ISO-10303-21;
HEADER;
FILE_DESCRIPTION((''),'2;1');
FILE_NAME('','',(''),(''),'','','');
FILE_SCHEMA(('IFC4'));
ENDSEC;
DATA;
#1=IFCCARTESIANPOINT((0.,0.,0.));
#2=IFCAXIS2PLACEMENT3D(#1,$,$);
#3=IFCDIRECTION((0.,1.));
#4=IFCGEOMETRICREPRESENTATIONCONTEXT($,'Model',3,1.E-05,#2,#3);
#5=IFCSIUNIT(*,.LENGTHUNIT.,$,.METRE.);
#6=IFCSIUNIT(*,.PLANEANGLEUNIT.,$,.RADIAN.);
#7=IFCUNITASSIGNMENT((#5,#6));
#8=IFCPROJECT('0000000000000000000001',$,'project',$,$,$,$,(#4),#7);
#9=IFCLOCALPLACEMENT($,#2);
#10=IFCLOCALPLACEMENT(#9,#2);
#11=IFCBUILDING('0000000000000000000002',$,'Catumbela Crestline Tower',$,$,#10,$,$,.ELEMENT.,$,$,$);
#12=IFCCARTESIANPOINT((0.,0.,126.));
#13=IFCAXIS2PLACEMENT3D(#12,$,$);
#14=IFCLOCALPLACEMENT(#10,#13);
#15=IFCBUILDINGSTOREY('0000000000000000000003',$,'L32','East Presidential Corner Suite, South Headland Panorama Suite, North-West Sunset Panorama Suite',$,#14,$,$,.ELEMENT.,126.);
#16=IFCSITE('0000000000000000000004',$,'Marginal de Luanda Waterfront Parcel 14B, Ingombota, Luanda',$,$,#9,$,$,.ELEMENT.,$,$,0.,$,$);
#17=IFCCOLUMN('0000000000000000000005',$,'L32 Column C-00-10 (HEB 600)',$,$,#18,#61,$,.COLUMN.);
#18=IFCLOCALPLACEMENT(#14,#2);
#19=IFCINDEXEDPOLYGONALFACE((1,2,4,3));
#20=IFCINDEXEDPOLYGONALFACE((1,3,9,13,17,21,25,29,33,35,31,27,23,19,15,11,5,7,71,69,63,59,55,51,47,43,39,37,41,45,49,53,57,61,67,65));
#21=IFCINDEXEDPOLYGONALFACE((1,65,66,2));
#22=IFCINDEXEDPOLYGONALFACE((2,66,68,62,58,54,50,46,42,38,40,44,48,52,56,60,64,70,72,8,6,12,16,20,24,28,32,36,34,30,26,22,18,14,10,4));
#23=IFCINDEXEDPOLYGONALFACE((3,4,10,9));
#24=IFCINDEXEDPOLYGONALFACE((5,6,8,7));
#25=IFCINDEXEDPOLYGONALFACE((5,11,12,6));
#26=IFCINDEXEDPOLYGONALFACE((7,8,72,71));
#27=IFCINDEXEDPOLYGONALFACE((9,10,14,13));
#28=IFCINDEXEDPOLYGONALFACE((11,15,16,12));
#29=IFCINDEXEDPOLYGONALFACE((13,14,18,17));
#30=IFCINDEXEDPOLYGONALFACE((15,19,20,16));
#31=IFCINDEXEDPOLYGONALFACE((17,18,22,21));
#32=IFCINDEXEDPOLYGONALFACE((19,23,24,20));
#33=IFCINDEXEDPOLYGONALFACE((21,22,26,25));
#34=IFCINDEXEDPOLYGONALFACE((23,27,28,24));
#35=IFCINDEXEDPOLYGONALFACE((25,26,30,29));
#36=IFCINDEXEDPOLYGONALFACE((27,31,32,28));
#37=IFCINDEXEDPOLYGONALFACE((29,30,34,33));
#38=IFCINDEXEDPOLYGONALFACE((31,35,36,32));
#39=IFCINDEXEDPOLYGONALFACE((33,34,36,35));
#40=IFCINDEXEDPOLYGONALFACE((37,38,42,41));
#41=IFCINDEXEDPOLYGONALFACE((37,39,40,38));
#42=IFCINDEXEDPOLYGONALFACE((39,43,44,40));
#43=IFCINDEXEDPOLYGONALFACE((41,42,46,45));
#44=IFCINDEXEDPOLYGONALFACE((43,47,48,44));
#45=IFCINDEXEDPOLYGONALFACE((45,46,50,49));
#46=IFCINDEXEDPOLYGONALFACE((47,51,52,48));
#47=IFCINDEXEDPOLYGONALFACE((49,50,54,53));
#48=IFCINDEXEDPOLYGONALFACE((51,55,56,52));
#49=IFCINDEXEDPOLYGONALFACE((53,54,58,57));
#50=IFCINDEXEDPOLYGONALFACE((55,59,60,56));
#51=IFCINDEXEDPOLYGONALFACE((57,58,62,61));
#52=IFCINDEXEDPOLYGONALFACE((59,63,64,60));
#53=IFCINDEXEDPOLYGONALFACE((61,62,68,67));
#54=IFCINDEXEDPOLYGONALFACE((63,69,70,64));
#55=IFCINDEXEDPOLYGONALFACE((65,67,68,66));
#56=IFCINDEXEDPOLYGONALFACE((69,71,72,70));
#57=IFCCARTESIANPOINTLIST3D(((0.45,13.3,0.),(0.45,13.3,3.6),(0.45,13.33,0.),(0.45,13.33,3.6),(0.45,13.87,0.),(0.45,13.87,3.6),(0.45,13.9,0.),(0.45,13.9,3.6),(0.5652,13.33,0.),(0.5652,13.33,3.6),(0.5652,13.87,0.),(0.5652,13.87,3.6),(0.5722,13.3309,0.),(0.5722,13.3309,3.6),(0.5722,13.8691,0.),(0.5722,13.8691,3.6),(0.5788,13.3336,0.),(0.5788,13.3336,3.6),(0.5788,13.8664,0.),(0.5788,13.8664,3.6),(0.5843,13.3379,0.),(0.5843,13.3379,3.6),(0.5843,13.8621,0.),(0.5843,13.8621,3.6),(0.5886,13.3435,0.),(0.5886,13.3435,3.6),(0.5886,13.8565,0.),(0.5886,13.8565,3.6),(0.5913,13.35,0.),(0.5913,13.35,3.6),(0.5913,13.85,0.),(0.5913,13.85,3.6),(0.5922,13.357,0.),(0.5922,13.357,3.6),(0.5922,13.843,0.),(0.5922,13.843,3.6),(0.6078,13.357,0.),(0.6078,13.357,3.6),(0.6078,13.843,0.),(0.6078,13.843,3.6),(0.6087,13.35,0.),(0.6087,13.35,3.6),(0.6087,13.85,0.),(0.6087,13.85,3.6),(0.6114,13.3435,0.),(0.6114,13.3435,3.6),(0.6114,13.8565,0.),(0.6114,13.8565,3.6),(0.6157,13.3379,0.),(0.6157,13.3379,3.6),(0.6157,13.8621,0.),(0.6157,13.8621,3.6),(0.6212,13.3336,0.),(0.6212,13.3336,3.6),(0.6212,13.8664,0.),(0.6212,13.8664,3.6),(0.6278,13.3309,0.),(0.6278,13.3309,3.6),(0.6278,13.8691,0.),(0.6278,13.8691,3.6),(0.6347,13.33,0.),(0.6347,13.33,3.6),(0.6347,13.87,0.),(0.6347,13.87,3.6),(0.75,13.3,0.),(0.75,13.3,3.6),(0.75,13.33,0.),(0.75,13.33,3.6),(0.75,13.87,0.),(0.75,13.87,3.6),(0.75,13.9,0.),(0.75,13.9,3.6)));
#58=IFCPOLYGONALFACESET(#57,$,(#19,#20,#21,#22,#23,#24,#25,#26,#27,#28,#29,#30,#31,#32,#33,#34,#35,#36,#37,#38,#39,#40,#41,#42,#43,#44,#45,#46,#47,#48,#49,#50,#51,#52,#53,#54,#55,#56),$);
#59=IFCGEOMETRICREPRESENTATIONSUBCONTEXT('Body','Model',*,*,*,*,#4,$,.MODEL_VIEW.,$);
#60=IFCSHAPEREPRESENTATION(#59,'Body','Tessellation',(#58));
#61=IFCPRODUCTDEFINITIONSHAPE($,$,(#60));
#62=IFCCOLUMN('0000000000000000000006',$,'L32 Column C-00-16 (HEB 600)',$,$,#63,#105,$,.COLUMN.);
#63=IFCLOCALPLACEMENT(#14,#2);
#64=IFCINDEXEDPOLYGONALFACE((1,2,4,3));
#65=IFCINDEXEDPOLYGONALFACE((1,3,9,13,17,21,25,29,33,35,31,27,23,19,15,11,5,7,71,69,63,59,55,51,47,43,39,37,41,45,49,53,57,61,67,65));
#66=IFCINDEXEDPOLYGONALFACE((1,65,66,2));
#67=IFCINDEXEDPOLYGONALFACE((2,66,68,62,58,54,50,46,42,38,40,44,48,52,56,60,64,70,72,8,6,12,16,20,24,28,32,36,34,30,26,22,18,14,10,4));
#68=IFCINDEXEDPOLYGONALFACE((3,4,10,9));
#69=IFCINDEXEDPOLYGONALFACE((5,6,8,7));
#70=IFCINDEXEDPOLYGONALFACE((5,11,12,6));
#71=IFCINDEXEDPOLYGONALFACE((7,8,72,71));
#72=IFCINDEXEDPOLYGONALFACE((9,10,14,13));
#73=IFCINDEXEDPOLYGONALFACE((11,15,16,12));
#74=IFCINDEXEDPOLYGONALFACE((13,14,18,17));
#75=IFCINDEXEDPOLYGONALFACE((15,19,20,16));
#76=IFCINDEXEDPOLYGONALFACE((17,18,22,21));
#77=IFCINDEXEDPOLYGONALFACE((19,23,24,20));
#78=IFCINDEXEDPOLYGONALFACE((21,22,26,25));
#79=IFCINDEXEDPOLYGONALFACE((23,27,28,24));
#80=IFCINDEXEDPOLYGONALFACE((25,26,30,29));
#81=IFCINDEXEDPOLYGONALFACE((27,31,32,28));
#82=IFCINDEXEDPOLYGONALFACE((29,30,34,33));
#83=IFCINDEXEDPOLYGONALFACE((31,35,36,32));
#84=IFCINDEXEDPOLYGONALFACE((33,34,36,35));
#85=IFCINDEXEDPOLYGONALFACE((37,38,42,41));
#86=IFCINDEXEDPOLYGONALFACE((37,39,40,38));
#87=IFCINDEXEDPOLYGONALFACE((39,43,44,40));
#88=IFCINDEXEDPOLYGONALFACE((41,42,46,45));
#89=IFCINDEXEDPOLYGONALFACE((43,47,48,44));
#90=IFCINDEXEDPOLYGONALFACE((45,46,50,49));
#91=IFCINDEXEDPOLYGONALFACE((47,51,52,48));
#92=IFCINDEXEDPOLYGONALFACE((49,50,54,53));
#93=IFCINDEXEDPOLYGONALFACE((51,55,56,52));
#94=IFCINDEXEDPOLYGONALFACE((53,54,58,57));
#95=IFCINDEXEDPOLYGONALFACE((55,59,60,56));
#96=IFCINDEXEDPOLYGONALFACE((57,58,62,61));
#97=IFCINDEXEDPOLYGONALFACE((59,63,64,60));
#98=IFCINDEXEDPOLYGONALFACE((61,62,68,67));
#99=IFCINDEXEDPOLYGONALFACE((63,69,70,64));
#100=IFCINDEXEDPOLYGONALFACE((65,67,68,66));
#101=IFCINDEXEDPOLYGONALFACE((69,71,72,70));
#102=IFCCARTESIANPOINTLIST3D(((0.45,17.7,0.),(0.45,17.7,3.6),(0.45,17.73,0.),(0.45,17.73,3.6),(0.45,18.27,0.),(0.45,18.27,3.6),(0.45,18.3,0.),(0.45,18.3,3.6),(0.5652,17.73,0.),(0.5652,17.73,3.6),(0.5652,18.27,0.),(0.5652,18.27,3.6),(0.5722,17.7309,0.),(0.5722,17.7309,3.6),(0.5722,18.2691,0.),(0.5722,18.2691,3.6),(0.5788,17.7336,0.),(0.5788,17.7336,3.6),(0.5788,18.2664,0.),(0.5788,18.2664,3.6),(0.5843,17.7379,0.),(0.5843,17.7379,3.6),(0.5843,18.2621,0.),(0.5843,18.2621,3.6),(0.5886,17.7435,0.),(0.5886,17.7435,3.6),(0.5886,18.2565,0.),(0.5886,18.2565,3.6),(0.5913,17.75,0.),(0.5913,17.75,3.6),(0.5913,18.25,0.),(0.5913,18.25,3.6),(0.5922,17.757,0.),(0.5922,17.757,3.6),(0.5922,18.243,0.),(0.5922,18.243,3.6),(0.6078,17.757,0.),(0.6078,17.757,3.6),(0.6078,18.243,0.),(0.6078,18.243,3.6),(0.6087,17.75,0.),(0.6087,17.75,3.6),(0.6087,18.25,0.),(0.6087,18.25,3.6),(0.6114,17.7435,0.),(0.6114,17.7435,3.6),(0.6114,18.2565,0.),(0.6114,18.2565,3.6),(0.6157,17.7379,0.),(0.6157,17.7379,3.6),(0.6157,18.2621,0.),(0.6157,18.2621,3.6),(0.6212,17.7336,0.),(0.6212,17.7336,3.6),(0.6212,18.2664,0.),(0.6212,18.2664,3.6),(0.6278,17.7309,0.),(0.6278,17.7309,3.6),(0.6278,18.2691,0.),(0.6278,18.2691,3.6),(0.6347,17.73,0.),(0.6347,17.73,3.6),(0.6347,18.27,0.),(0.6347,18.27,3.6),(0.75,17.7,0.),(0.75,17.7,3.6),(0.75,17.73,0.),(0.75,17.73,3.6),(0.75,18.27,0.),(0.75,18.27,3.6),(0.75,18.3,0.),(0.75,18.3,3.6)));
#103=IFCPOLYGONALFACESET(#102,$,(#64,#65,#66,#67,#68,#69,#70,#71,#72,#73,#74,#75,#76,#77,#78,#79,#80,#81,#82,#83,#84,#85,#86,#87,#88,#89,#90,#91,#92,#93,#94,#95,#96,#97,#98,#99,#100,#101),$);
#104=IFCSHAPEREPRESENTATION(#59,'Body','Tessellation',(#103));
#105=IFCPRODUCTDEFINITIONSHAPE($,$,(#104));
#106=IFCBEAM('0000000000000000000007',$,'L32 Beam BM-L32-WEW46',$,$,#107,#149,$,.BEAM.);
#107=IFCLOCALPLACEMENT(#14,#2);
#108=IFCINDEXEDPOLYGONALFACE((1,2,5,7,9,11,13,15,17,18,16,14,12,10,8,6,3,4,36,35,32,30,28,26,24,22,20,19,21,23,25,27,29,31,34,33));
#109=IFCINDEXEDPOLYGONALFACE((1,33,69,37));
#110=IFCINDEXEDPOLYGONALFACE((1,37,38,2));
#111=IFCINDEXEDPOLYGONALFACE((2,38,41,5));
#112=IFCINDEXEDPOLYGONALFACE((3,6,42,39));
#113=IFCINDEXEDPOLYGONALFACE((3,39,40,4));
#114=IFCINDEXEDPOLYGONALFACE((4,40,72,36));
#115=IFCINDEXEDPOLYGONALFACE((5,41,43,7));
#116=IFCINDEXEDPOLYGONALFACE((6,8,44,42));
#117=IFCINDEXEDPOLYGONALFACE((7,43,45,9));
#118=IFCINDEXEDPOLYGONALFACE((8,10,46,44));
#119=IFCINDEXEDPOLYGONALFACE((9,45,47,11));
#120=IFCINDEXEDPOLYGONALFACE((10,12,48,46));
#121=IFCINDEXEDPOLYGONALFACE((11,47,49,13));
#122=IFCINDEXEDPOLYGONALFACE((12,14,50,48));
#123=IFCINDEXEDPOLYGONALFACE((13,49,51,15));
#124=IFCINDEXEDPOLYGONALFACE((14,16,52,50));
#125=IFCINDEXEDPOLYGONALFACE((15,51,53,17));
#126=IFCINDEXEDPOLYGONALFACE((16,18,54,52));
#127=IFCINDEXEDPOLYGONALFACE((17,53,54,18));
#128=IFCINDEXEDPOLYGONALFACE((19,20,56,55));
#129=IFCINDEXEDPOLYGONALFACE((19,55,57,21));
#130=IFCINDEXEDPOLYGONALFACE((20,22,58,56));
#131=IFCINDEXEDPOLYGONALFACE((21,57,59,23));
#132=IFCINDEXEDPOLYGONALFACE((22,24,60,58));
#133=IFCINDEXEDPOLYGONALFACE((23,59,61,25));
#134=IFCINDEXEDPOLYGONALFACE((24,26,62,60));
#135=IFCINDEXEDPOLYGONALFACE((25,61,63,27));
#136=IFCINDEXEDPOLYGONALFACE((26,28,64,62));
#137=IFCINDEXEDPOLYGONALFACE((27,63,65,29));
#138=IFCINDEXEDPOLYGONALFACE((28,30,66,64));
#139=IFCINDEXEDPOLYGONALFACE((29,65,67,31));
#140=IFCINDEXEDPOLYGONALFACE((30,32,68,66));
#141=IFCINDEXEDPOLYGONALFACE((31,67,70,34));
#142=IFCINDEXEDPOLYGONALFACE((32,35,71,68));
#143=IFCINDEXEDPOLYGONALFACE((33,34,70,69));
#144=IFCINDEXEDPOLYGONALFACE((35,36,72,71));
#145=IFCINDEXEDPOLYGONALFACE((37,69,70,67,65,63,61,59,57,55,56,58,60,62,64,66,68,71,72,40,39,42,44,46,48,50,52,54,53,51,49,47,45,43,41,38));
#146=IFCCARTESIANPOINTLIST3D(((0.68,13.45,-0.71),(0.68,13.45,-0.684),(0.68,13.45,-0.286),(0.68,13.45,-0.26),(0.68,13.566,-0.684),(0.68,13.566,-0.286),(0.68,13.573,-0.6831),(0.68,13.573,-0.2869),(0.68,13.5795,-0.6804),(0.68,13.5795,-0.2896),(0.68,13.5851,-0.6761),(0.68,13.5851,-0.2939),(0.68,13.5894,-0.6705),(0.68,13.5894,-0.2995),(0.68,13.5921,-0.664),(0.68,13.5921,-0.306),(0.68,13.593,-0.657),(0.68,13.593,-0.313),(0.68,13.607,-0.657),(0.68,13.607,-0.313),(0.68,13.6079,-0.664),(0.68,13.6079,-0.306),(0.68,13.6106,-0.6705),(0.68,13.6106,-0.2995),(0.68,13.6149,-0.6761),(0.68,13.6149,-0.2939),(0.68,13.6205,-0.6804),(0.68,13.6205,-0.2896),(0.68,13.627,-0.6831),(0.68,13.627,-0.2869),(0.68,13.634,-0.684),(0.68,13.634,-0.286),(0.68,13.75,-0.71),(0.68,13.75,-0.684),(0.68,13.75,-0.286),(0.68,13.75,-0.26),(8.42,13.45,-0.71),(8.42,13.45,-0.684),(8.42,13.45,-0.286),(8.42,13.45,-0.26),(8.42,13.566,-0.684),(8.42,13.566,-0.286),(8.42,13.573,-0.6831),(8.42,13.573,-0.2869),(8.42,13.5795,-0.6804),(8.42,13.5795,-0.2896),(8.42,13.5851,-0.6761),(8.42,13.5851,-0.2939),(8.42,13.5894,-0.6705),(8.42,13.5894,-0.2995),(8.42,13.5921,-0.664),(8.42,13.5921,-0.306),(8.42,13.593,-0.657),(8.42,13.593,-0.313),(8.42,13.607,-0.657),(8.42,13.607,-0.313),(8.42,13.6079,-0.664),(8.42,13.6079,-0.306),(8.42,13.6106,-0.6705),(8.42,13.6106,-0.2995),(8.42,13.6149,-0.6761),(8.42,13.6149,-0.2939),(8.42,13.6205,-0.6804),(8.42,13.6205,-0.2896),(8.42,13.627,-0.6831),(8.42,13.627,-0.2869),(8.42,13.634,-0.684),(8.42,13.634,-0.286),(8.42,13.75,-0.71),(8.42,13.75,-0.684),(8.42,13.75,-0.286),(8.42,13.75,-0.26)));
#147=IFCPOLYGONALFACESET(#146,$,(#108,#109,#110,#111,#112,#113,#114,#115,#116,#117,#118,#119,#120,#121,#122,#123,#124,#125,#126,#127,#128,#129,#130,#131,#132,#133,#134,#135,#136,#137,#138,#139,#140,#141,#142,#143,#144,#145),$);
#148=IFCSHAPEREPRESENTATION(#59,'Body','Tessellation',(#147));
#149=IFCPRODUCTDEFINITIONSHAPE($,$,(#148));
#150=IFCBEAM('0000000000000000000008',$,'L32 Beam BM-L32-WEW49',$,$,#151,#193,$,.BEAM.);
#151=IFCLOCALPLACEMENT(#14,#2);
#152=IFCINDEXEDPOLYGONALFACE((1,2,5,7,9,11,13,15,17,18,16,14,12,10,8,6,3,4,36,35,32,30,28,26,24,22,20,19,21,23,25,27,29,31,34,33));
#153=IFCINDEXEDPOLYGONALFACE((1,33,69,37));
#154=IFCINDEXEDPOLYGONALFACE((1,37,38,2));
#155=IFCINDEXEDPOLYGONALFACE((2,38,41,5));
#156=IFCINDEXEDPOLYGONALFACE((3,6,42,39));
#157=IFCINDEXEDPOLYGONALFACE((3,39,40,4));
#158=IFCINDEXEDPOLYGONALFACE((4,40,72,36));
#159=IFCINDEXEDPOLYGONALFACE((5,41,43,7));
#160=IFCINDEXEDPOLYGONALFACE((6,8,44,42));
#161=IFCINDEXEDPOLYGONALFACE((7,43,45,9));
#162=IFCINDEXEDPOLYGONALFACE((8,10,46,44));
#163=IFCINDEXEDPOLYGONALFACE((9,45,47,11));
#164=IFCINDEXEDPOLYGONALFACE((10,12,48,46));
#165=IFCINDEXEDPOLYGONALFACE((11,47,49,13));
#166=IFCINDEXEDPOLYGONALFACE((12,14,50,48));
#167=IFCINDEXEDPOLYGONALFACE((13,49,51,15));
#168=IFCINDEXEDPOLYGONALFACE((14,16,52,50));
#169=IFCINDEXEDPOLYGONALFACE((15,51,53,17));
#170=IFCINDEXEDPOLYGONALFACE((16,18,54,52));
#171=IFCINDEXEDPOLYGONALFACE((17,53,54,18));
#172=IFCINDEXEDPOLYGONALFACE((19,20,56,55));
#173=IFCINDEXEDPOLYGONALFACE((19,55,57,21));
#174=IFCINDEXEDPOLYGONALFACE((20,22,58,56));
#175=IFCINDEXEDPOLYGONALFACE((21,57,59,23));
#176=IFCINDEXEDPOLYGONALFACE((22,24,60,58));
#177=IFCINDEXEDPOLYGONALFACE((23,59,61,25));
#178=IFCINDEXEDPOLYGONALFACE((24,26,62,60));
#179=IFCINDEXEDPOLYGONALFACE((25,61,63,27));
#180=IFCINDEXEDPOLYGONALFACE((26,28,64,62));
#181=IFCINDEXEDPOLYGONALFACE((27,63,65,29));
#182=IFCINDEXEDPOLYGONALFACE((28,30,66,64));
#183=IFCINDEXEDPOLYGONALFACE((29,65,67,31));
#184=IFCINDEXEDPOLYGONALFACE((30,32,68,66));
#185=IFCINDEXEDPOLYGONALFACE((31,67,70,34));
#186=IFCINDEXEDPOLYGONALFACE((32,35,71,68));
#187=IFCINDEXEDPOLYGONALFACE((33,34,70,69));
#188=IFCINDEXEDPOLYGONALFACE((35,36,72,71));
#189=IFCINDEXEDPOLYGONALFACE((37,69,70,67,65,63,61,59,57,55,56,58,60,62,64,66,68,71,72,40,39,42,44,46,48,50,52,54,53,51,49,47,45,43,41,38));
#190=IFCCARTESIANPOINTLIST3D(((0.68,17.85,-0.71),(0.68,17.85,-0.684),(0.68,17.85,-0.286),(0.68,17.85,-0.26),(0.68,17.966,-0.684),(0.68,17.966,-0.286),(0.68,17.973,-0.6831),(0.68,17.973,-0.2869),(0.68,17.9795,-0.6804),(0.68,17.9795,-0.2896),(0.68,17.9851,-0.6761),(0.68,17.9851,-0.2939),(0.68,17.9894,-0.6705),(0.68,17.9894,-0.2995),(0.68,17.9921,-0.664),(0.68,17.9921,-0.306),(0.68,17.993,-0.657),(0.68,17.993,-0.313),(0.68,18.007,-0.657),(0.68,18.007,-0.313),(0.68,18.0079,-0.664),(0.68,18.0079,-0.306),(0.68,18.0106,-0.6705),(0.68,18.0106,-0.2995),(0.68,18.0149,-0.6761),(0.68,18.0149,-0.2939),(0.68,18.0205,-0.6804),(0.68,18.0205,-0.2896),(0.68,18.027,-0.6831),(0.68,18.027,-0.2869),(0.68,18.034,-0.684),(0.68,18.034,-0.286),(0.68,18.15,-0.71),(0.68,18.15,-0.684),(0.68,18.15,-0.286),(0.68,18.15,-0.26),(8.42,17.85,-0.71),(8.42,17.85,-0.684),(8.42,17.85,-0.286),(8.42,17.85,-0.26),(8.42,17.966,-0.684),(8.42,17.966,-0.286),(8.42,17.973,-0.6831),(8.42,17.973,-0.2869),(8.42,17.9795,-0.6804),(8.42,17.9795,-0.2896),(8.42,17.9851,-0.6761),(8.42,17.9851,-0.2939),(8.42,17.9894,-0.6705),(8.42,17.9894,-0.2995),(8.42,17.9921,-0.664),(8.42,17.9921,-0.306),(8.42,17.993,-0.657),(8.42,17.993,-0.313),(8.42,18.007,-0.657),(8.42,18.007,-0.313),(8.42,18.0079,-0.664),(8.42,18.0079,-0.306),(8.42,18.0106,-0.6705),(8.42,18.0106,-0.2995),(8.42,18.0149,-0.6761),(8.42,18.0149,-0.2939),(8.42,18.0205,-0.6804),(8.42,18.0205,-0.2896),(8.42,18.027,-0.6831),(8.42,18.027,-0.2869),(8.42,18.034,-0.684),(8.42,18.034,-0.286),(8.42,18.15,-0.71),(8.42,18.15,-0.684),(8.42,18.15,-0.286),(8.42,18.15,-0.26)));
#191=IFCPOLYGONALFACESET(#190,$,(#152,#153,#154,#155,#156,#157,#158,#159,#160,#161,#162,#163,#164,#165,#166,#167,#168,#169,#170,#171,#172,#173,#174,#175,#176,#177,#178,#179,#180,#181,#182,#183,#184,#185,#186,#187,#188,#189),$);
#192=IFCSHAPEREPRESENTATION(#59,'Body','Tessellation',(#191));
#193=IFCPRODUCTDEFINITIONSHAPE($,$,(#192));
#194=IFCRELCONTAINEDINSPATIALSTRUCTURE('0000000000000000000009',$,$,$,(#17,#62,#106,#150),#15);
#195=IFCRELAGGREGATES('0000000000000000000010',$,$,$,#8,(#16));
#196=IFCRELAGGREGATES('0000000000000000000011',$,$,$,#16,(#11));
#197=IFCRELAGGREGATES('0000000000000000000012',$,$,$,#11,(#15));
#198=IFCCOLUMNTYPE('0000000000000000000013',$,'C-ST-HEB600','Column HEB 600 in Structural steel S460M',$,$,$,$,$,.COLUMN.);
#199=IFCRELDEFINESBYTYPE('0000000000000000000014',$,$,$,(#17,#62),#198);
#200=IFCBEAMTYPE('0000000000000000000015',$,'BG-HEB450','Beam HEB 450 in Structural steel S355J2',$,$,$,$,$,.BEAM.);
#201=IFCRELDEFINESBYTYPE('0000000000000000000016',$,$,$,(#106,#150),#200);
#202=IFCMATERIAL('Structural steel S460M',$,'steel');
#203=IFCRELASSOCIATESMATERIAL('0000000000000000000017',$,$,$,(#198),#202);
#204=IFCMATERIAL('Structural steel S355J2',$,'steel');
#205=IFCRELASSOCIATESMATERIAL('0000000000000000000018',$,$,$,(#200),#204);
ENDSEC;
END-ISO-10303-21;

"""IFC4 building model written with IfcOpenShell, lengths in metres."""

from ifc_helpers import new_model, si_unit, direction, frame, origin, origin_2d, place, context, subcontext, project, spatial, i_section, extrude, material, material_profile, profile_set, type_object, element, save


model = new_model("IFC4")

# Units and contexts
model_context = context("Model", 3, precision=1e-05, world=origin(), true_north=direction((0.0, 1.0)))
body_context = subcontext(model_context, "Body", "Model", "MODEL_VIEW")
ifc_project = project(units=[si_unit("LENGTHUNIT", "METRE"), si_unit("PLANEANGLEUNIT", "RADIAN")], contexts=[model_context])

# Site, building, storey
site_placement = place(None, origin())
site = spatial("IfcSite", under=ifc_project, at=site_placement, Name="Marginal de Luanda Waterfront Parcel 14B, Ingombota, Luanda", CompositionType="ELEMENT", RefElevation=0.0)
building_placement = place(site_placement, origin())
building = spatial("IfcBuilding", under=site, at=building_placement, Name="Catumbela Crestline Tower", CompositionType="ELEMENT")
storey_placement = place(building_placement, frame((0.0, 0.0, 126.0)))
storey = spatial("IfcBuildingStorey", under=building, at=storey_placement, Name="L32", Description="East Presidential Corner Suite, South Headland Panorama Suite, North-West Sunset Panorama Suite", CompositionType="ELEMENT", Elevation=126.0)

# Columns
ifc_material_1 = material(Name="Structural steel S460M", Category="steel")
ifc_material_profile_1 = material_profile(ifc_material_1, i_section(OverallWidth=0.3, OverallDepth=0.6, WebThickness=0.0155, FlangeThickness=0.03, FilletRadius=0.027, at=origin_2d()), Name="HEB 600")
ifc_profile_set_1 = profile_set([ifc_material_profile_1], Name="Structural steel S460M")
column_type = type_object("IfcColumnType", Name="C-ST-HEB600", Description="Column HEB 600 in Structural steel S460M", PredefinedType="COLUMN", material=ifc_profile_set_1)
for number, where, z_axis, x_axis, name in (
    (1, (0.6, 13.6, 0.0), (0.0, 0.0, 1.0), (1.0, 0.0, 0.0), "L32 Column C-00-10 (HEB 600)"),
    (2, (0.6, 18.0, 0.0), (0.0, 0.0, 1.0), (1.0, 0.0, 0.0), "L32 Column C-00-16 (HEB 600)"),
):
    element("IfcColumn", number, at=place(storey_placement, frame(where, z_axis=z_axis, x_axis=x_axis)), inside=storey, type_object=column_type, Name=name, PredefinedType="COLUMN", context=body_context, shape_type="SweptSolid", body=[
        extrude(i_section(OverallWidth=0.3, OverallDepth=0.6, WebThickness=0.0155, FlangeThickness=0.03, FilletRadius=0.027, at=origin_2d()), origin(), (0.0, 0.0, 1.0), 3.6),
    ])

# Beams
ifc_material_2 = material(Name="Structural steel S355J2", Category="steel")
ifc_material_profile_2 = material_profile(ifc_material_2, i_section(OverallWidth=0.3, OverallDepth=0.45, WebThickness=0.014, FlangeThickness=0.026, FilletRadius=0.027, at=origin_2d()), Name="HEB 450")
ifc_profile_set_2 = profile_set([ifc_material_profile_2], Name="Structural steel S355J2")
beam_type_1 = type_object("IfcBeamType", Name="BG-HEB450", Description="Beam HEB 450 in Structural steel S355J2", PredefinedType="BEAM", material=ifc_profile_set_2)
for number, where, z_axis, x_axis, name in (
    (3, (0.68, 13.6, -0.485), (1.0, 0.0, 0.0), (0.0, 1.0, 0.0), "L32 Beam BM-L32-WEW46"),
    (4, (0.68, 18.0, -0.485), (1.0, 0.0, 0.0), (0.0, 1.0, 0.0), "L32 Beam BM-L32-WEW49"),
):
    element("IfcBeam", number, at=place(storey_placement, frame(where, z_axis=z_axis, x_axis=x_axis)), inside=storey, type_object=beam_type_1, Name=name, PredefinedType="BEAM", context=body_context, shape_type="SweptSolid", body=[
        extrude(i_section(OverallWidth=0.3, OverallDepth=0.45, WebThickness=0.014, FlangeThickness=0.026, FilletRadius=0.027, at=origin_2d()), origin(), (0.0, 0.0, 1.0), 7.74),
    ])

save(model, "model.ifc")
